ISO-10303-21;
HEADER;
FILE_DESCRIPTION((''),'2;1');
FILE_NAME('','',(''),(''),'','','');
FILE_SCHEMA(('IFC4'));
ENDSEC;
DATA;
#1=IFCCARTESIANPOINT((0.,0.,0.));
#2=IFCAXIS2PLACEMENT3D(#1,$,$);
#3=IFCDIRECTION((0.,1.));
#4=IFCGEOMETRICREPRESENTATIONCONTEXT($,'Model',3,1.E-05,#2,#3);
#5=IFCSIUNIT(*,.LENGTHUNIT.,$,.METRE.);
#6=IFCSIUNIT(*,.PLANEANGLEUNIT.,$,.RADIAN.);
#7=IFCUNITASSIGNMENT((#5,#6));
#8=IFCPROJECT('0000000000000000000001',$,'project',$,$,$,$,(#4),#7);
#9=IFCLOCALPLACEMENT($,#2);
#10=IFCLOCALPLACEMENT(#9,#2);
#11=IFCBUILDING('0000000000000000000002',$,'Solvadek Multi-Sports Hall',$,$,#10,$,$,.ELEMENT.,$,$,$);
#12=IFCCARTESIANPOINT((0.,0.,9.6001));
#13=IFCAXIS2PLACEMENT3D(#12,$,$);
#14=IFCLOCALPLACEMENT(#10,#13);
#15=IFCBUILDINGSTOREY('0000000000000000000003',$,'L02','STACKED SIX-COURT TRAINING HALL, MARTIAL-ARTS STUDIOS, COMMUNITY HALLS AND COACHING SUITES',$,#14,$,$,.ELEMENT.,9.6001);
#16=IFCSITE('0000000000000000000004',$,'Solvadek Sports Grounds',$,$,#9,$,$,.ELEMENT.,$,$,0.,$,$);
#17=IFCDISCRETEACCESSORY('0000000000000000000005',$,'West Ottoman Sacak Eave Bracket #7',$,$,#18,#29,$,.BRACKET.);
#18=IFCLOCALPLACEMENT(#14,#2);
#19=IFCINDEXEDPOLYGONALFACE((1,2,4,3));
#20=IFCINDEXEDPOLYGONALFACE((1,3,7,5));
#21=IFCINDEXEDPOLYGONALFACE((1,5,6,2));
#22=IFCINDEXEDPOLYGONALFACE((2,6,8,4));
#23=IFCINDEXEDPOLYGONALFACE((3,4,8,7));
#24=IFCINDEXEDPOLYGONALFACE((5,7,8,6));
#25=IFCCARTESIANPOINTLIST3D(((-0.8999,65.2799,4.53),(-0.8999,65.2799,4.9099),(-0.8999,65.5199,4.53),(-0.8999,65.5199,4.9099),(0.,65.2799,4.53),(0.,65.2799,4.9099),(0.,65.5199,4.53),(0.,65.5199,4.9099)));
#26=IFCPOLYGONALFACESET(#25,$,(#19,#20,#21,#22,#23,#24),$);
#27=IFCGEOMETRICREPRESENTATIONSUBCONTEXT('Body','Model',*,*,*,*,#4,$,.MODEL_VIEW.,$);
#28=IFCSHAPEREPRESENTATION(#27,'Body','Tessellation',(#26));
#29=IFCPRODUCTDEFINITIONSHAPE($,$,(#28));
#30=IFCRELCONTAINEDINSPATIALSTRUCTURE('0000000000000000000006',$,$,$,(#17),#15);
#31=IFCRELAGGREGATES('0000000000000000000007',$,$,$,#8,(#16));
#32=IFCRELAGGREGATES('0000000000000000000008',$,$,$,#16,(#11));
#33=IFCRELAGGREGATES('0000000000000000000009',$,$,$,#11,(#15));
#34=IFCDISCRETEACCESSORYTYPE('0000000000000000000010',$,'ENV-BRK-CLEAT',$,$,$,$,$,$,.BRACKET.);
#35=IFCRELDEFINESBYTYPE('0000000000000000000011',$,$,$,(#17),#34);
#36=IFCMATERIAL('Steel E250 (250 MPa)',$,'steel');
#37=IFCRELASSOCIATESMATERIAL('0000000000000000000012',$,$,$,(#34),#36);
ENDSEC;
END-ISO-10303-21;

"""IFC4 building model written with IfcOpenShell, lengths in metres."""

from ifc_helpers import new_model, si_unit, direction, frame, origin, origin_2d, place, context, subcontext, project, spatial, rectangle, extrude, material, type_object, element, save


model = new_model("IFC4")

# Units and contexts
model_context = context("Model", 3, precision=1e-05, world=origin(), true_north=direction((0.0, 1.0)))
body_context = subcontext(model_context, "Body", "Model", "MODEL_VIEW")
ifc_project = project(units=[si_unit("LENGTHUNIT", "METRE"), si_unit("PLANEANGLEUNIT", "RADIAN")], contexts=[model_context])

# Site, building, storey
site_placement = place(None, origin())
site = spatial("IfcSite", under=ifc_project, at=site_placement, Name="Solvadek Sports Grounds", CompositionType="ELEMENT", RefElevation=0.0)
building_placement = place(site_placement, origin())
building = spatial("IfcBuilding", under=site, at=building_placement, Name="Solvadek Multi-Sports Hall", CompositionType="ELEMENT")
storey_placement = place(building_placement, frame((0.0, 0.0, 9.6001)))
storey = spatial("IfcBuildingStorey", under=building, at=storey_placement, Name="L02", Description="STACKED SIX-COURT TRAINING HALL, MARTIAL-ARTS STUDIOS, COMMUNITY HALLS AND COACHING SUITES", CompositionType="ELEMENT", Elevation=9.6001)

# Discrete accessory
ifc_material_1 = material(Name="Steel E250 (250 MPa)", Category="steel")
discrete_accessory_type = type_object("IfcDiscreteAccessoryType", Name="ENV-BRK-CLEAT", PredefinedType="BRACKET", material=ifc_material_1)
for number, where, z_axis, x_axis, name in (
    (1, (-0.45, 65.3999, 4.53), (0.0, 0.0, 1.0), (1.0, 0.0, 0.0), "West Ottoman Sacak Eave Bracket #7"),
):
    element("IfcDiscreteAccessory", number, at=place(storey_placement, frame(where, z_axis=z_axis, x_axis=x_axis)), inside=storey, type_object=discrete_accessory_type, Name=name, PredefinedType="BRACKET", context=body_context, shape_type="SweptSolid", body=[
        extrude(rectangle(XDim=0.8999, YDim=0.24, at=origin_2d()), origin(), (0.0, 0.0, 1.0), 0.3799),
    ])

save(model, "model.ifc")
